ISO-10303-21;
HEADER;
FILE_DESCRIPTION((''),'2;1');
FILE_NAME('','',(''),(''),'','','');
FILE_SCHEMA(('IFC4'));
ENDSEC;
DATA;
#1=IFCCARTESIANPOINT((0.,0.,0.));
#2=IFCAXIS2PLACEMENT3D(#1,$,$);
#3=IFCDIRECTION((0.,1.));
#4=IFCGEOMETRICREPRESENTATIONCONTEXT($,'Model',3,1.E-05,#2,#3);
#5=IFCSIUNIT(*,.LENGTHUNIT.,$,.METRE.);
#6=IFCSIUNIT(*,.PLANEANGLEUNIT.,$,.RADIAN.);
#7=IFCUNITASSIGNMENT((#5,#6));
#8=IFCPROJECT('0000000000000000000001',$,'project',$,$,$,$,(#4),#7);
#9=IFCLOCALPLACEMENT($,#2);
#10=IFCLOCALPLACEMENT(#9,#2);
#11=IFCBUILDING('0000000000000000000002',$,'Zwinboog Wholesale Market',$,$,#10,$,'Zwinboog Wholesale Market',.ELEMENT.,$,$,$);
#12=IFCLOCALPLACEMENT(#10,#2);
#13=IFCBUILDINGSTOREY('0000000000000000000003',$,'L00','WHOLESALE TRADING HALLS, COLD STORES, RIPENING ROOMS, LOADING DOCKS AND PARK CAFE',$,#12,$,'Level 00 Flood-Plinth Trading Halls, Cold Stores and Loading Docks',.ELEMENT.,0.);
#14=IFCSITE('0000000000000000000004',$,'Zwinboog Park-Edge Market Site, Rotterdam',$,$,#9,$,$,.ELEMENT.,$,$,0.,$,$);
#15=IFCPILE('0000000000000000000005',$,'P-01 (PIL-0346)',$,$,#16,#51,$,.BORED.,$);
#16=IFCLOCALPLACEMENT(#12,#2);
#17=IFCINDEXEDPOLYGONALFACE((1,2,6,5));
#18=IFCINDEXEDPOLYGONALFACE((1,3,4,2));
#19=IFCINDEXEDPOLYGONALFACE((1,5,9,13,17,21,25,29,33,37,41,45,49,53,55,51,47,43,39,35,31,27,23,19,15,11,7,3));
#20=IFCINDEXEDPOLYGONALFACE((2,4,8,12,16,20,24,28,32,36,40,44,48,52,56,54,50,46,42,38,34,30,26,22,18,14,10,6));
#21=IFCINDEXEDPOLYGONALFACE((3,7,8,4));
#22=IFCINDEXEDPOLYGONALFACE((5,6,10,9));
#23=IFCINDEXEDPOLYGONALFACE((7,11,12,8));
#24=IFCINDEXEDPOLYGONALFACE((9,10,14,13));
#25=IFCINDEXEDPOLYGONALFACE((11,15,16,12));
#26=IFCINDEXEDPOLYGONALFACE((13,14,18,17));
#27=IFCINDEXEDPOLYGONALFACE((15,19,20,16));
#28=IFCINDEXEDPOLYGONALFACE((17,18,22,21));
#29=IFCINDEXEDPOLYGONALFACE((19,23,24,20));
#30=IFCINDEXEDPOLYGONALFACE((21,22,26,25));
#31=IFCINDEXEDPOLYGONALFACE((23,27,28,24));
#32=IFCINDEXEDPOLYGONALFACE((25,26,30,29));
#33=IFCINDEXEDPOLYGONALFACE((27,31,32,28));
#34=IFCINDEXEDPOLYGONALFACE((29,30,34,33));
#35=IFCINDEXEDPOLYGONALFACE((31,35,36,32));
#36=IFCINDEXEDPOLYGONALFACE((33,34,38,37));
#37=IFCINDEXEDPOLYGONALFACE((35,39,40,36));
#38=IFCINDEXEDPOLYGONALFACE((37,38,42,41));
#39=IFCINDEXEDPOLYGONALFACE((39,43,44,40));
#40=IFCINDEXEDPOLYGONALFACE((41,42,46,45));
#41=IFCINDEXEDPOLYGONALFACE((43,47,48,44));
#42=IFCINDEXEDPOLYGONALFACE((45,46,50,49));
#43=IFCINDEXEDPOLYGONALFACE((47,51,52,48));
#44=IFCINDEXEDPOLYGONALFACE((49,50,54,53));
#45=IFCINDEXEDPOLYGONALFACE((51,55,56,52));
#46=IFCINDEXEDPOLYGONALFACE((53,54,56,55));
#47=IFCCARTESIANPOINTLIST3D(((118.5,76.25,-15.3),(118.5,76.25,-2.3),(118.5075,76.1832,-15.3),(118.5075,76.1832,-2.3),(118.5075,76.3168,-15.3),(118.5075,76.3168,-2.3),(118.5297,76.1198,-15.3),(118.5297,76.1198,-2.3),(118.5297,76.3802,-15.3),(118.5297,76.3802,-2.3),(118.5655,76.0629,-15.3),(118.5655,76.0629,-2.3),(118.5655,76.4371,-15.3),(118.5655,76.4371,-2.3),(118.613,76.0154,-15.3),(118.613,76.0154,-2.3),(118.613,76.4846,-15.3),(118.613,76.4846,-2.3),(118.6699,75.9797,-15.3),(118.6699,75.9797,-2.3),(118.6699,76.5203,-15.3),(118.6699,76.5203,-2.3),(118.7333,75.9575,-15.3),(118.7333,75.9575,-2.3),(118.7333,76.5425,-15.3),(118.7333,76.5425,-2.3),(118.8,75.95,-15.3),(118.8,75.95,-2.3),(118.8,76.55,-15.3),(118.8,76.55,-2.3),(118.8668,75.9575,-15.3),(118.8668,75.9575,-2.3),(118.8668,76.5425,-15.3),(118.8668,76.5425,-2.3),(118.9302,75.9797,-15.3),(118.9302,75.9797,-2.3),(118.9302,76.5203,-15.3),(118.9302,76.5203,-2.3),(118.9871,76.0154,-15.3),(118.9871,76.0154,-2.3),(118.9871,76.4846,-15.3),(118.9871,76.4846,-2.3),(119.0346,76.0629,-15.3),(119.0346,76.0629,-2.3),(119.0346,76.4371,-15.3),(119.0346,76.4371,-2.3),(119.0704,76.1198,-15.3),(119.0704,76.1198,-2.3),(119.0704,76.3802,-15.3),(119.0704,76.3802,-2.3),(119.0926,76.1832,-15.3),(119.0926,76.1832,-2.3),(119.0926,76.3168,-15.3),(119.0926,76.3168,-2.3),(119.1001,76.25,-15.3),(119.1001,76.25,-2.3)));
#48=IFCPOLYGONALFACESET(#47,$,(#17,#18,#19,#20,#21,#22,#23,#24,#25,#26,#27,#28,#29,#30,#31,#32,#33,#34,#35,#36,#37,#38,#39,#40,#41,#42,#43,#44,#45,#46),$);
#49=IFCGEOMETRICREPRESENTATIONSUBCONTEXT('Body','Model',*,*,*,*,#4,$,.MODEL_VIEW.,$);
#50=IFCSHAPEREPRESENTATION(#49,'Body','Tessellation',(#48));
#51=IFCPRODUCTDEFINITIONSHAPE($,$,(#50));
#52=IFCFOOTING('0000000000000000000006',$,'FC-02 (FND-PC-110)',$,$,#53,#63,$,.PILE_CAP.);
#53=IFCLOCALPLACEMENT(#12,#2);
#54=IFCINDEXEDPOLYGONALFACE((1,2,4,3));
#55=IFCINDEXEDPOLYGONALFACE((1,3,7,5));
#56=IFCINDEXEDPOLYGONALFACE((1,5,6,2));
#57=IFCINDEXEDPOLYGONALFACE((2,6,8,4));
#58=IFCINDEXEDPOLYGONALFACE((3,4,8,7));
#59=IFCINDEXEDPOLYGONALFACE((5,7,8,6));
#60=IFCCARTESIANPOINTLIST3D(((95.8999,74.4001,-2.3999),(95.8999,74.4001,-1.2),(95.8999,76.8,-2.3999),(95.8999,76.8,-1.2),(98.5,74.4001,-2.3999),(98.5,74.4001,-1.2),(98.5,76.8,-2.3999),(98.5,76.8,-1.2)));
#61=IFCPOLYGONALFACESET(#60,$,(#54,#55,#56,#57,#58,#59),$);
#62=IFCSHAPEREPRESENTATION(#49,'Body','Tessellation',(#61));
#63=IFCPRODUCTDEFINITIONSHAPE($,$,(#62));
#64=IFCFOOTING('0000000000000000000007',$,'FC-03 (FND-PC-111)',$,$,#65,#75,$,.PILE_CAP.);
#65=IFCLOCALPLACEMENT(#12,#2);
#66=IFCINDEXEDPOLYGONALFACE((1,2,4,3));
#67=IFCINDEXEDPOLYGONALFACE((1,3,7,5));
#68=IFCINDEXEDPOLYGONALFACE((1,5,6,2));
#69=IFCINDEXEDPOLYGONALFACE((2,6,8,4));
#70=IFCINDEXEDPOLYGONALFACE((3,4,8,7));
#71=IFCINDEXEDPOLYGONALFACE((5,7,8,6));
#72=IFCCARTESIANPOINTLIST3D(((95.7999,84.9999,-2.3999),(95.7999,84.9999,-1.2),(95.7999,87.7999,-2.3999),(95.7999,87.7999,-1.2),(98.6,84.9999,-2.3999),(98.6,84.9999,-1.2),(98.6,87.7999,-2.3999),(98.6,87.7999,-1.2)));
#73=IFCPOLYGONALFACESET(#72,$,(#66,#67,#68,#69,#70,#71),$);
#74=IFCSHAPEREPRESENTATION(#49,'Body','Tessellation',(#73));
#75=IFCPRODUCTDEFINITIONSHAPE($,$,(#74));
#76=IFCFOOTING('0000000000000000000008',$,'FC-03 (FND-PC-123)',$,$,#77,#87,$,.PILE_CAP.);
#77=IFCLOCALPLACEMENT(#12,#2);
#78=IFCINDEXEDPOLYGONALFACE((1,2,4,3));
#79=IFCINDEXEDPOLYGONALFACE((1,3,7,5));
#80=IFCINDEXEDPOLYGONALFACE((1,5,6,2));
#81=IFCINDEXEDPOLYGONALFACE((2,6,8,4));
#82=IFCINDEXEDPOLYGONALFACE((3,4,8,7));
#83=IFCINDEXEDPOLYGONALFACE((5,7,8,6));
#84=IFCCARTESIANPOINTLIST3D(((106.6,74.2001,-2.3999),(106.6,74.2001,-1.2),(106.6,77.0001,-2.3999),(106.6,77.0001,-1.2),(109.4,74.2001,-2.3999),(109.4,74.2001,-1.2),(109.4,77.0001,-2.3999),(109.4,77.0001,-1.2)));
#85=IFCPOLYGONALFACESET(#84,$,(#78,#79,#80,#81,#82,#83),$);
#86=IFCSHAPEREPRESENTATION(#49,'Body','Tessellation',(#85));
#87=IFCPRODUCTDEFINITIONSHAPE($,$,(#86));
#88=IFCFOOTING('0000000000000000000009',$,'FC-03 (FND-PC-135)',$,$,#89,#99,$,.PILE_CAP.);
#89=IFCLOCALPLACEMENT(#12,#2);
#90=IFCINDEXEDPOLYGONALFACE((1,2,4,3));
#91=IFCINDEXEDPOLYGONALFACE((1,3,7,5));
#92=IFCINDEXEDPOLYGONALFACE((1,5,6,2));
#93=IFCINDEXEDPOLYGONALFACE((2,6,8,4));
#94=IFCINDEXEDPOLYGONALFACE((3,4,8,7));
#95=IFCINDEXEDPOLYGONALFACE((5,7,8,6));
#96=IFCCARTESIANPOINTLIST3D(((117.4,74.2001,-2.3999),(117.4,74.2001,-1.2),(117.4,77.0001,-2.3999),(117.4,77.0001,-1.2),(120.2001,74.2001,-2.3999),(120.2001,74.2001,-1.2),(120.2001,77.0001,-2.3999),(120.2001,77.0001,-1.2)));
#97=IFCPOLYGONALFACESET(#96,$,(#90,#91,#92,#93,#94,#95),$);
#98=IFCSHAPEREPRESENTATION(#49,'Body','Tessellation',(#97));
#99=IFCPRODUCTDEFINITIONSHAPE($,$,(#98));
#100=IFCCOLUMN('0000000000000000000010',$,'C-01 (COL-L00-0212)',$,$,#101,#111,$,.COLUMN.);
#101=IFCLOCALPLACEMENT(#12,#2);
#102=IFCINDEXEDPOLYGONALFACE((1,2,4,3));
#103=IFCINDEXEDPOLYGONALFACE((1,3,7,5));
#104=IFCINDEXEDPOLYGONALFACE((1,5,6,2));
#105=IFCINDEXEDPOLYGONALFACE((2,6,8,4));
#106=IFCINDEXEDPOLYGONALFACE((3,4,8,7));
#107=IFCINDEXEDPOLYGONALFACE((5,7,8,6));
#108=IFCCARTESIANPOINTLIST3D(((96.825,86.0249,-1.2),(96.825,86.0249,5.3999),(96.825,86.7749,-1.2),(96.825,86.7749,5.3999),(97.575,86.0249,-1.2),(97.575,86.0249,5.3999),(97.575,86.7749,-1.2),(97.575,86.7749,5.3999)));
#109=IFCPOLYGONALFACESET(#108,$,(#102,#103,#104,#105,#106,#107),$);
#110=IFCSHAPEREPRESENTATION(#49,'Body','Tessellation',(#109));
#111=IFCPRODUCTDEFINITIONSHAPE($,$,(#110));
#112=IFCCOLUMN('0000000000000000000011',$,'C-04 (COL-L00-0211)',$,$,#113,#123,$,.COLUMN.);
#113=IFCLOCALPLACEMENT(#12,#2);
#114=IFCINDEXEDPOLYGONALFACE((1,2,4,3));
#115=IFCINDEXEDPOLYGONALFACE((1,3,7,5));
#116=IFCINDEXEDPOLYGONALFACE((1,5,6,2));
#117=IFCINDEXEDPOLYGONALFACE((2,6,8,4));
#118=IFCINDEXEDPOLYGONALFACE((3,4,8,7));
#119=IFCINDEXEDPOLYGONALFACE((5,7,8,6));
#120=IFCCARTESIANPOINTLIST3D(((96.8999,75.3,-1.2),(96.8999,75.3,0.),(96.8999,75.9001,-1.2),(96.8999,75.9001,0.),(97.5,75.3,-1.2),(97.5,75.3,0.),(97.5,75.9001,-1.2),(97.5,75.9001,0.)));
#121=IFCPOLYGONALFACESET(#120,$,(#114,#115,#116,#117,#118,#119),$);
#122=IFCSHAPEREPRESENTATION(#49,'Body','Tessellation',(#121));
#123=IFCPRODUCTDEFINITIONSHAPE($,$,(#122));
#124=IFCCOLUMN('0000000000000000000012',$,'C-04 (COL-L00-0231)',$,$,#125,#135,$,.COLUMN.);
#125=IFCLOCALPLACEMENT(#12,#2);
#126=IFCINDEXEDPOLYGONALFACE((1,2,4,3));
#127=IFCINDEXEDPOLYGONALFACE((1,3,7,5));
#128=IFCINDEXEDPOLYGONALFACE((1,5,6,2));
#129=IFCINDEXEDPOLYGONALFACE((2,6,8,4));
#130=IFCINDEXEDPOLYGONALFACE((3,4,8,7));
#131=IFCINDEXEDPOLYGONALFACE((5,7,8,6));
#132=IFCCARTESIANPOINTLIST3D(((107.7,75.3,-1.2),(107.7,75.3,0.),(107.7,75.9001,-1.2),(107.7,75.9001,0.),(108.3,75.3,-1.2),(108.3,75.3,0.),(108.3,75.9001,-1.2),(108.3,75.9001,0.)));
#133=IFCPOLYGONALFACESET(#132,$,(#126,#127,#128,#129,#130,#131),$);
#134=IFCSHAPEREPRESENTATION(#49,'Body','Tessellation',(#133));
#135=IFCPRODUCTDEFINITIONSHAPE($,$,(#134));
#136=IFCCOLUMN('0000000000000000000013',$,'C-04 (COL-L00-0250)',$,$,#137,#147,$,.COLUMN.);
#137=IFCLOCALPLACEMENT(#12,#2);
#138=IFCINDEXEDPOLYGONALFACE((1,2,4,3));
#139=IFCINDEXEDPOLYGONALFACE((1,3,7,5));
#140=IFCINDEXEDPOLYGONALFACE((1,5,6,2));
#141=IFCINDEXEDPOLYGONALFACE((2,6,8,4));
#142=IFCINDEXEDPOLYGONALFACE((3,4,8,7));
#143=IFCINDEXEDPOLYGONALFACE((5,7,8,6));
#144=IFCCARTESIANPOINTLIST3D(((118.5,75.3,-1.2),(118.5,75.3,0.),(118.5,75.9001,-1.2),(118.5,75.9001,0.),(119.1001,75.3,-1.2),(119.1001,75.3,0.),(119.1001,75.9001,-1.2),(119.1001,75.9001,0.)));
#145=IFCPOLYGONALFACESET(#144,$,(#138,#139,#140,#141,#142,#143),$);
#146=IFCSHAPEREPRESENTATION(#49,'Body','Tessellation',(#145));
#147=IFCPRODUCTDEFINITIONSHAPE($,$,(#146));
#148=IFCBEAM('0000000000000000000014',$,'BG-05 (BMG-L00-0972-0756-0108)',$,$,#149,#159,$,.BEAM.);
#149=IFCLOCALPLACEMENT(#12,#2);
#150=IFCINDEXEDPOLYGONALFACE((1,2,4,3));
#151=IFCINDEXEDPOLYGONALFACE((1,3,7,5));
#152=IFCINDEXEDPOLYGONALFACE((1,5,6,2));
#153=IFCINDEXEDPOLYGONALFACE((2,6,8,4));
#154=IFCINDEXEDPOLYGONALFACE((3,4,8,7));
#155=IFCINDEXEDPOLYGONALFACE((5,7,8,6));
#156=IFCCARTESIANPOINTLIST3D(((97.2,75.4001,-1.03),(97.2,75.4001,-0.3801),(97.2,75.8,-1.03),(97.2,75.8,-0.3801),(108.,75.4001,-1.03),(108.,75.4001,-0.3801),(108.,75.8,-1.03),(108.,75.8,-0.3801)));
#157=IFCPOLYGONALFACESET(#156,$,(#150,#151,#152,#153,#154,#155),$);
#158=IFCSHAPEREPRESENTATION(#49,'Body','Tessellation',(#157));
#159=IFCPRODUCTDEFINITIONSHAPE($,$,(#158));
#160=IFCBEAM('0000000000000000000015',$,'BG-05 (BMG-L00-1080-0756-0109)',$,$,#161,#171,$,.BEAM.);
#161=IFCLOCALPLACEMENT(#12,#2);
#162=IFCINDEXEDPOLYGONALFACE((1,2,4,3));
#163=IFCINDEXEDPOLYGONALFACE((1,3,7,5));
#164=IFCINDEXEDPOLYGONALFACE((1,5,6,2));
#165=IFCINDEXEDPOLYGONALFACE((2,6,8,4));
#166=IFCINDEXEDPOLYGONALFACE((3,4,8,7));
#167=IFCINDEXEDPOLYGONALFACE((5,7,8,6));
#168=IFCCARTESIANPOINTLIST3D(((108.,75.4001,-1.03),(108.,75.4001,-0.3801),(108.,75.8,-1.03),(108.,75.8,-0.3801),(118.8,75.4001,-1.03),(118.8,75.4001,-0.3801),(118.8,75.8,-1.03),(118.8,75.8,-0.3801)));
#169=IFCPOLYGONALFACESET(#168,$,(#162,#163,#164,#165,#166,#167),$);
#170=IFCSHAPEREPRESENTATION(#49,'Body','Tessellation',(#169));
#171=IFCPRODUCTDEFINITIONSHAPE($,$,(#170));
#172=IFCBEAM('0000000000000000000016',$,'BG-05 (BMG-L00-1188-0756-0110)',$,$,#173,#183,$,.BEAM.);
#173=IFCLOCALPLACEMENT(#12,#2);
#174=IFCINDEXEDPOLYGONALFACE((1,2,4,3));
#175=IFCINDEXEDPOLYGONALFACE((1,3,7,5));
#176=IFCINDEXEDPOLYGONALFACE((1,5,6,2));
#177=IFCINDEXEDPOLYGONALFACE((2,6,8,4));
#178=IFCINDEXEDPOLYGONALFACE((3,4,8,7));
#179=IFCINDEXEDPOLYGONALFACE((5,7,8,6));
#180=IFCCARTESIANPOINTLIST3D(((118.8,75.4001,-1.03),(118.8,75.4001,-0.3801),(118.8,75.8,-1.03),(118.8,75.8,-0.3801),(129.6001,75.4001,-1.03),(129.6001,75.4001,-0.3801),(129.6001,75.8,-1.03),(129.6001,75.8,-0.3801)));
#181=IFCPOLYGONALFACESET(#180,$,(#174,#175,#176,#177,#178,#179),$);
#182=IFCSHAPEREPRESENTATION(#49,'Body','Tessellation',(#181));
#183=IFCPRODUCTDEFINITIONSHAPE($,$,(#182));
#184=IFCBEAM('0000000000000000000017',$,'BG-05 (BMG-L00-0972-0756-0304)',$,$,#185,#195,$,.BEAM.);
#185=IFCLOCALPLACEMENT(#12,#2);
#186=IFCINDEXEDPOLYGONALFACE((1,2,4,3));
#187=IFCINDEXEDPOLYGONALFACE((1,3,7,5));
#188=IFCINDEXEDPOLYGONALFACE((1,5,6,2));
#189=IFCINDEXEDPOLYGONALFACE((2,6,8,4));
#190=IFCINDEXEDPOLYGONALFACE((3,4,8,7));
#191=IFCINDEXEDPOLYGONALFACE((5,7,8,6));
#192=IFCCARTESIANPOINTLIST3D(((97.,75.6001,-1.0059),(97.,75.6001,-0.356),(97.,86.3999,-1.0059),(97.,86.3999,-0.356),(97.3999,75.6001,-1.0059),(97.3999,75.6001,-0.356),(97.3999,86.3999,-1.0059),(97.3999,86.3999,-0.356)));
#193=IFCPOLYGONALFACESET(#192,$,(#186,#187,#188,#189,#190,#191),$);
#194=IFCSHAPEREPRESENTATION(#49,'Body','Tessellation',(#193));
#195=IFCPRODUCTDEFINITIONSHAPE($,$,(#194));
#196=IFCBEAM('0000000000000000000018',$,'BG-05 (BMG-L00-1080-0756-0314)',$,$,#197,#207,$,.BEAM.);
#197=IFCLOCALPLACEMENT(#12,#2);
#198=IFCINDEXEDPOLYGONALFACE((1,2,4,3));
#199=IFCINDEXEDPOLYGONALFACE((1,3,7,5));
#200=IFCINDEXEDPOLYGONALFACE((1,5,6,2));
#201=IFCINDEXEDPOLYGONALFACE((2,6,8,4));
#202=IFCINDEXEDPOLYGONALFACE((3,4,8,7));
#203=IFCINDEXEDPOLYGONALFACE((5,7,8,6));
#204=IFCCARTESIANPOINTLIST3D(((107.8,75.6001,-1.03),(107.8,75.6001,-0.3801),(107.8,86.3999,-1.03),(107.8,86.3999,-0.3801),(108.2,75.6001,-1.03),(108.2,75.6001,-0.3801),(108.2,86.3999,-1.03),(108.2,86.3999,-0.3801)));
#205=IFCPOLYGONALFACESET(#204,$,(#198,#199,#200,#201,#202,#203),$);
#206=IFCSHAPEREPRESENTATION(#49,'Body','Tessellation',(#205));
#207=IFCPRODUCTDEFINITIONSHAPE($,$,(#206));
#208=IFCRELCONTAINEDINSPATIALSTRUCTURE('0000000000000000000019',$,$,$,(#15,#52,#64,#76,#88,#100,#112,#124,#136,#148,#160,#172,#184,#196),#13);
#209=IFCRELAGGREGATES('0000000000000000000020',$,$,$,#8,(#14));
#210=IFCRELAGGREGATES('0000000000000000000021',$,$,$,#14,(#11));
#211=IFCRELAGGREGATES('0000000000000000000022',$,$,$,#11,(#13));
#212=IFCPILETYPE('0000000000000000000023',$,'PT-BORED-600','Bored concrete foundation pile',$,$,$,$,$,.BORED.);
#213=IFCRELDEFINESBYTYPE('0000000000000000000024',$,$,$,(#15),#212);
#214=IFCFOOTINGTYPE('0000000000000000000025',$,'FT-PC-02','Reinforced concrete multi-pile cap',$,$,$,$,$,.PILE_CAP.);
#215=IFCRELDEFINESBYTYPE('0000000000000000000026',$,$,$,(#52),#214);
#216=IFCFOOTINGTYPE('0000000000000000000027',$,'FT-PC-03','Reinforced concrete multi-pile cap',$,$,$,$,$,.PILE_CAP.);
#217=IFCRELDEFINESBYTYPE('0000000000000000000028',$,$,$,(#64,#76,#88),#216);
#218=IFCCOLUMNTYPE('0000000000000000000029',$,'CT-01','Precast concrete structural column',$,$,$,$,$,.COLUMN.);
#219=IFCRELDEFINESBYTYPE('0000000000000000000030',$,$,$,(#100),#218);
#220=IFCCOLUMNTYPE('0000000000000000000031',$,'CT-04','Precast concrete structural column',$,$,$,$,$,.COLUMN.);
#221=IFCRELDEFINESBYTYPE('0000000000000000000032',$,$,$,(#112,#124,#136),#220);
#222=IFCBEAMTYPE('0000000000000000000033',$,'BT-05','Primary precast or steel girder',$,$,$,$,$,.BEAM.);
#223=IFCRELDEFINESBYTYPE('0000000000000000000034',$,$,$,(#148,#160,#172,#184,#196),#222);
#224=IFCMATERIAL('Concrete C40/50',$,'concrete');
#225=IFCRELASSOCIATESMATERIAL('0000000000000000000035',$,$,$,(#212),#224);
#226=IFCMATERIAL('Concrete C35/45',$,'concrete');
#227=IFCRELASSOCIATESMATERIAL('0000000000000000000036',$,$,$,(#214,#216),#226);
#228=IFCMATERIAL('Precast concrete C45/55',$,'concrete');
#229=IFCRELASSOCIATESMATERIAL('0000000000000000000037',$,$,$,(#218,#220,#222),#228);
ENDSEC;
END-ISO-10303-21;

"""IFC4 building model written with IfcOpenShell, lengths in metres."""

from ifc_helpers import new_model, si_unit, direction, frame, origin, origin_2d, place, context, subcontext, project, spatial, rectangle, circle, extrude, material, material_profile, profile_set, type_object, element, save


model = new_model("IFC4")

# Units and contexts
model_context = context("Model", 3, precision=1e-05, world=origin(), true_north=direction((0.0, 1.0)))
body_context = subcontext(model_context, "Body", "Model", "MODEL_VIEW")
ifc_project = project(units=[si_unit("LENGTHUNIT", "METRE"), si_unit("PLANEANGLEUNIT", "RADIAN")], contexts=[model_context])

# Site, building, storey
site_placement = place(None, origin())
site = spatial("IfcSite", under=ifc_project, at=site_placement, Name="Zwinboog Park-Edge Market Site, Rotterdam", CompositionType="ELEMENT", RefElevation=0.0)
building_placement = place(site_placement, origin())
building = spatial("IfcBuilding", under=site, at=building_placement, Name="Zwinboog Wholesale Market", LongName="Zwinboog Wholesale Market", CompositionType="ELEMENT")
storey_placement = place(building_placement, origin())
storey = spatial("IfcBuildingStorey", under=building, at=storey_placement, Name="L00", Description="WHOLESALE TRADING HALLS, COLD STORES, RIPENING ROOMS, LOADING DOCKS AND PARK CAFE", LongName="Level 00 Flood-Plinth Trading Halls, Cold Stores and Loading Docks", CompositionType="ELEMENT", Elevation=0.0)

# Pile
ifc_material_1 = material(Name="Concrete C40/50", Category="concrete")
ifc_material_profile_1 = material_profile(ifc_material_1, circle(Radius=0.3, at=origin_2d()), Name="PILE D600")
ifc_profile_set_1 = profile_set([ifc_material_profile_1], Name="Concrete C40/50")
pile_type = type_object("IfcPileType", Name="PT-BORED-600", Description="Bored concrete foundation pile", PredefinedType="BORED", material=ifc_profile_set_1)
for number, where, z_axis, x_axis, name in (
    (1, (118.8, 76.25, -2.3), (0.0, 0.0, -1.0), (1.0, 0.0, 0.0), "P-01 (PIL-0346)"),
):
    element("IfcPile", number, at=place(storey_placement, frame(where, z_axis=z_axis, x_axis=x_axis)), inside=storey, type_object=pile_type, Name=name, PredefinedType="BORED", context=body_context, shape_type="SweptSolid", body=[
        extrude(circle(Radius=0.3, at=origin_2d()), origin(), (0.0, 0.0, 1.0), 13.0),
    ])

# Footings
ifc_material_2 = material(Name="Concrete C35/45", Category="concrete")
footing_type_1 = type_object("IfcFootingType", Name="FT-PC-02", Description="Reinforced concrete multi-pile cap", PredefinedType="PILE_CAP", material=ifc_material_2)
footing_placement = place(storey_placement, frame((97.2, 75.6001, -2.3999), z_axis=(0.0, 0.0, 1.0), x_axis=(1.0, 0.0, 0.0)))
element("IfcFooting", 2, at=footing_placement, inside=storey, type_object=footing_type_1, Name="FC-02 (FND-PC-110)", PredefinedType="PILE_CAP", context=body_context, shape_type="SweptSolid", body=[
    extrude(rectangle(XDim=2.6001, YDim=2.3999, at=origin_2d()), origin(), (0.0, 0.0, 1.0), 1.2),
])
footing_type_2 = type_object("IfcFootingType", Name="FT-PC-03", Description="Reinforced concrete multi-pile cap", PredefinedType="PILE_CAP", material=ifc_material_2)
for number, where, z_axis, x_axis, name in (
    (3, (97.2, 86.3999, -2.3999), (0.0, 0.0, 1.0), (1.0, 0.0, 0.0), "FC-03 (FND-PC-111)"),
    (4, (108.0, 75.6001, -2.3999), (0.0, 0.0, 1.0), (1.0, 0.0, 0.0), "FC-03 (FND-PC-123)"),
    (5, (118.8, 75.6001, -2.3999), (0.0, 0.0, 1.0), (1.0, 0.0, 0.0), "FC-03 (FND-PC-135)"),
):
    element("IfcFooting", number, at=place(storey_placement, frame(where, z_axis=z_axis, x_axis=x_axis)), inside=storey, type_object=footing_type_2, Name=name, PredefinedType="PILE_CAP", context=body_context, shape_type="SweptSolid", body=[
        extrude(rectangle(XDim=2.8, YDim=2.8, at=origin_2d()), origin(), (0.0, 0.0, 1.0), 1.2),
    ])

# Columns
ifc_material_3 = material(Name="Precast concrete C45/55", Category="concrete")
ifc_material_profile_2 = material_profile(ifc_material_3, rectangle(XDim=0.75, YDim=0.75, at=origin_2d()), Name="PC 750x750")
ifc_profile_set_2 = profile_set([ifc_material_profile_2], Name="Precast concrete C45/55")
column_type_1 = type_object("IfcColumnType", Name="CT-01", Description="Precast concrete structural column", PredefinedType="COLUMN", material=ifc_profile_set_2)
column_placement = place(storey_placement, frame((97.2, 86.3999, -1.2), z_axis=(0.0, 0.0, 1.0), x_axis=(1.0, 0.0, 0.0)))
element("IfcColumn", 6, at=column_placement, inside=storey, type_object=column_type_1, Name="C-01 (COL-L00-0212)", PredefinedType="COLUMN", context=body_context, shape_type="SweptSolid", body=[
    extrude(rectangle(XDim=0.75, YDim=0.75, at=origin_2d()), origin(), (0.0, 0.0, 1.0), 6.5999),
])
ifc_material_profile_3 = material_profile(ifc_material_3, rectangle(XDim=0.6001, YDim=0.6001, at=origin_2d()), Name="PC 600x600")
ifc_profile_set_3 = profile_set([ifc_material_profile_3], Name="Precast concrete C45/55")
column_type_2 = type_object("IfcColumnType", Name="CT-04", Description="Precast concrete structural column", PredefinedType="COLUMN", material=ifc_profile_set_3)
for number, where, z_axis, x_axis, name in (
    (7, (97.2, 75.6001, -1.2), (0.0, 0.0, 1.0), (1.0, 0.0, 0.0), "C-04 (COL-L00-0211)"),
    (8, (108.0, 75.6001, -1.2), (0.0, 0.0, 1.0), (1.0, 0.0, 0.0), "C-04 (COL-L00-0231)"),
    (9, (118.8, 75.6001, -1.2), (0.0, 0.0, 1.0), (1.0, 0.0, 0.0), "C-04 (COL-L00-0250)"),
):
    element("IfcColumn", number, at=place(storey_placement, frame(where, z_axis=z_axis, x_axis=x_axis)), inside=storey, type_object=column_type_2, Name=name, PredefinedType="COLUMN", context=body_context, shape_type="SweptSolid", body=[
        extrude(rectangle(XDim=0.6001, YDim=0.6001, at=origin_2d()), origin(), (0.0, 0.0, 1.0), 1.2),
    ])

# Beams
ifc_material_profile_4 = material_profile(ifc_material_3, rectangle(XDim=0.3999, YDim=0.6499, at=origin_2d()), Name="PC 400x650")
ifc_profile_set_4 = profile_set([ifc_material_profile_4], Name="Precast concrete C45/55")
beam_type_1 = type_object("IfcBeamType", Name="BT-05", Description="Primary precast or steel girder", PredefinedType="BEAM", material=ifc_profile_set_4)
for number, where, z_axis, x_axis, name in (
    (10, (97.2, 75.6001, -0.7051), (1.0, 0.0, 0.0), (0.0, 1.0, 0.0), "BG-05 (BMG-L00-0972-0756-0108)"),
    (11, (108.0, 75.6001, -0.7051), (1.0, 0.0, 0.0), (0.0, 1.0, 0.0), "BG-05 (BMG-L00-1080-0756-0109)"),
    (12, (118.8, 75.6001, -0.7051), (1.0, 0.0, 0.0), (0.0, 1.0, 0.0), "BG-05 (BMG-L00-1188-0756-0110)"),
):
    element("IfcBeam", number, at=place(storey_placement, frame(where, z_axis=z_axis, x_axis=x_axis)), inside=storey, type_object=beam_type_1, Name=name, PredefinedType="BEAM", context=body_context, shape_type="SweptSolid", body=[
        extrude(rectangle(XDim=0.3999, YDim=0.6499, at=origin_2d()), origin(), (0.0, 0.0, 1.0), 10.8),
    ])
for number, where, z_axis, x_axis, name in (
    (13, (97.2, 75.6001, -0.6809), (0.0, 1.0, 0.0), (-1.0, 0.0, 0.0), "BG-05 (BMG-L00-0972-0756-0304)"),
    (14, (108.0, 75.6001, -0.7051), (0.0, 1.0, 0.0), (-1.0, 0.0, 0.0), "BG-05 (BMG-L00-1080-0756-0314)"),
):
    element("IfcBeam", number, at=place(storey_placement, frame(where, z_axis=z_axis, x_axis=x_axis)), inside=storey, type_object=beam_type_1, Name=name, PredefinedType="BEAM", context=body_context, shape_type="SweptSolid", body=[
        extrude(rectangle(XDim=0.3999, YDim=0.6499, at=origin_2d()), origin(), (0.0, 0.0, 1.0), 10.7998),
    ])

save(model, "model.ifc")
